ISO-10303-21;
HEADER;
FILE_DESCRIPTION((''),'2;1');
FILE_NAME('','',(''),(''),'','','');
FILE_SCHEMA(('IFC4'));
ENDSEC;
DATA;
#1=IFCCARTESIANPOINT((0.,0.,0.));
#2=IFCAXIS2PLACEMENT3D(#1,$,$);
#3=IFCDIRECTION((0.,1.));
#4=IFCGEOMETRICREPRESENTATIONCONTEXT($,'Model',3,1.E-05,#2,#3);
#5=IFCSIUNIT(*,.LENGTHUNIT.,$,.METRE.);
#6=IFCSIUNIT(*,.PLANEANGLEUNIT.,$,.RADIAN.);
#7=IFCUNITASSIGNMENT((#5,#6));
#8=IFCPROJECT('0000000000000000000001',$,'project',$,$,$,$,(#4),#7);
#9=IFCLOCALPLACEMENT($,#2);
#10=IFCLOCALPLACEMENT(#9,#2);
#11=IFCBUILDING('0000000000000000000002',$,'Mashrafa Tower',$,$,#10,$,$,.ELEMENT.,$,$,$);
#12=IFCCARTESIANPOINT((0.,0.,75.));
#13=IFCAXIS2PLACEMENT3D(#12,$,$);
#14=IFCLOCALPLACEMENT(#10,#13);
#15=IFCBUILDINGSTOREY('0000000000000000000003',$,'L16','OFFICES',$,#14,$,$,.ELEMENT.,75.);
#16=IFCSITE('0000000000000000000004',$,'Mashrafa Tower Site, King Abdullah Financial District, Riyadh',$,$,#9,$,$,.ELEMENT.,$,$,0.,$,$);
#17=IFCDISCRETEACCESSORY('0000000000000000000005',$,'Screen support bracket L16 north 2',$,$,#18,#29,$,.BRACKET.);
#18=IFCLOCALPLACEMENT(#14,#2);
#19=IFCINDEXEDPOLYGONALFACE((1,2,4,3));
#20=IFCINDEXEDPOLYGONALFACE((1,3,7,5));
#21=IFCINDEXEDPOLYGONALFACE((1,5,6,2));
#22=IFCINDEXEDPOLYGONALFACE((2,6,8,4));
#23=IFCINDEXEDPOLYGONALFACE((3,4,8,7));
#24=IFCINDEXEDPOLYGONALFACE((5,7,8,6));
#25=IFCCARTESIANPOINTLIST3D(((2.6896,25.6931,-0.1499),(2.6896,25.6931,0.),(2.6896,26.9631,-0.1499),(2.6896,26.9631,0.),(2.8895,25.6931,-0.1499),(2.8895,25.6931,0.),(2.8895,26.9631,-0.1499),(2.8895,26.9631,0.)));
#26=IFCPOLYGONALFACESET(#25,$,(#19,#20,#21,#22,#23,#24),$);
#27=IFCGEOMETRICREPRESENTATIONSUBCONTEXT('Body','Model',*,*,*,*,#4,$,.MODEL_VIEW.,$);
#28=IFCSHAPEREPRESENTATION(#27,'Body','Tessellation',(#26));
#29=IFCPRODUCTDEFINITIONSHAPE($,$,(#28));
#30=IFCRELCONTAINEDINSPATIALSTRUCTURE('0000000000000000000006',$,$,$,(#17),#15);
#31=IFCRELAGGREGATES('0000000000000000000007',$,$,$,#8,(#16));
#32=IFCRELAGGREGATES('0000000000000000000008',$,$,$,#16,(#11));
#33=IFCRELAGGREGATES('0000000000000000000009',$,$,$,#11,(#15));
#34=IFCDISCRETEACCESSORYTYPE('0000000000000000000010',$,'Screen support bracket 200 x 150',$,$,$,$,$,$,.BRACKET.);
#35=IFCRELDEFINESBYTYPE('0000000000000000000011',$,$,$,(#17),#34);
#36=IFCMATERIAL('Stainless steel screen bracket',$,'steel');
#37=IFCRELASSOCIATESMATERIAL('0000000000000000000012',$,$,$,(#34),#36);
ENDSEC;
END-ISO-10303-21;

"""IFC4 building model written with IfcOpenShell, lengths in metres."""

from ifc_helpers import new_model, si_unit, direction, frame, origin, origin_2d, place, context, subcontext, project, spatial, rectangle, extrude, source, transform, mapped, material, type_object, type_shapes, element, save


model = new_model("IFC4")

# Units and contexts
model_context = context("Model", 3, precision=1e-05, world=origin(), true_north=direction((0.0, 1.0)))
body_context = subcontext(model_context, "Body", "Model", "MODEL_VIEW")
ifc_project = project(units=[si_unit("LENGTHUNIT", "METRE"), si_unit("PLANEANGLEUNIT", "RADIAN")], contexts=[model_context])

# Site, building, storey
site_placement = place(None, origin())
site = spatial("IfcSite", under=ifc_project, at=site_placement, Name="Mashrafa Tower Site, King Abdullah Financial District, Riyadh", CompositionType="ELEMENT", RefElevation=0.0)
building_placement = place(site_placement, origin())
building = spatial("IfcBuilding", under=site, at=building_placement, Name="Mashrafa Tower", CompositionType="ELEMENT")
storey_placement = place(building_placement, frame((0.0, 0.0, 75.0)))
storey = spatial("IfcBuildingStorey", under=building, at=storey_placement, Name="L16", Description="OFFICES", CompositionType="ELEMENT", Elevation=75.0)

# Discrete accessory
ifc_material_1 = material(Name="Stainless steel screen bracket", Category="steel")
discrete_accessory_type = type_object("IfcDiscreteAccessoryType", Name="Screen support bracket 200 x 150", PredefinedType="BRACKET", material=ifc_material_1)
shared_shape_1 = source(origin(), body_context, "Body", "SweptSolid", [
    extrude(rectangle(XDim=0.2, YDim=1.27, at=origin_2d()), origin(), (0.0, 0.0, 1.0), 0.1499),
])
type_shapes(discrete_accessory_type, [shared_shape_1])
for number, where, z_axis, x_axis, name in (
    (1, (2.7896, 26.3281, -0.1499), (0.0, 0.0, 1.0), (-1.0, 0.0, 0.0), "Screen support bracket L16 north 2"),
):
    element("IfcDiscreteAccessory", number, at=place(storey_placement, frame(where, z_axis=z_axis, x_axis=x_axis)), inside=storey, type_object=discrete_accessory_type, Name=name, PredefinedType="BRACKET", context=body_context, shape_type="MappedRepresentation", body=[
        mapped(shared_shape_1, transform((0.0, 0.0, 0.0))),
    ])

save(model, "model.ifc")
